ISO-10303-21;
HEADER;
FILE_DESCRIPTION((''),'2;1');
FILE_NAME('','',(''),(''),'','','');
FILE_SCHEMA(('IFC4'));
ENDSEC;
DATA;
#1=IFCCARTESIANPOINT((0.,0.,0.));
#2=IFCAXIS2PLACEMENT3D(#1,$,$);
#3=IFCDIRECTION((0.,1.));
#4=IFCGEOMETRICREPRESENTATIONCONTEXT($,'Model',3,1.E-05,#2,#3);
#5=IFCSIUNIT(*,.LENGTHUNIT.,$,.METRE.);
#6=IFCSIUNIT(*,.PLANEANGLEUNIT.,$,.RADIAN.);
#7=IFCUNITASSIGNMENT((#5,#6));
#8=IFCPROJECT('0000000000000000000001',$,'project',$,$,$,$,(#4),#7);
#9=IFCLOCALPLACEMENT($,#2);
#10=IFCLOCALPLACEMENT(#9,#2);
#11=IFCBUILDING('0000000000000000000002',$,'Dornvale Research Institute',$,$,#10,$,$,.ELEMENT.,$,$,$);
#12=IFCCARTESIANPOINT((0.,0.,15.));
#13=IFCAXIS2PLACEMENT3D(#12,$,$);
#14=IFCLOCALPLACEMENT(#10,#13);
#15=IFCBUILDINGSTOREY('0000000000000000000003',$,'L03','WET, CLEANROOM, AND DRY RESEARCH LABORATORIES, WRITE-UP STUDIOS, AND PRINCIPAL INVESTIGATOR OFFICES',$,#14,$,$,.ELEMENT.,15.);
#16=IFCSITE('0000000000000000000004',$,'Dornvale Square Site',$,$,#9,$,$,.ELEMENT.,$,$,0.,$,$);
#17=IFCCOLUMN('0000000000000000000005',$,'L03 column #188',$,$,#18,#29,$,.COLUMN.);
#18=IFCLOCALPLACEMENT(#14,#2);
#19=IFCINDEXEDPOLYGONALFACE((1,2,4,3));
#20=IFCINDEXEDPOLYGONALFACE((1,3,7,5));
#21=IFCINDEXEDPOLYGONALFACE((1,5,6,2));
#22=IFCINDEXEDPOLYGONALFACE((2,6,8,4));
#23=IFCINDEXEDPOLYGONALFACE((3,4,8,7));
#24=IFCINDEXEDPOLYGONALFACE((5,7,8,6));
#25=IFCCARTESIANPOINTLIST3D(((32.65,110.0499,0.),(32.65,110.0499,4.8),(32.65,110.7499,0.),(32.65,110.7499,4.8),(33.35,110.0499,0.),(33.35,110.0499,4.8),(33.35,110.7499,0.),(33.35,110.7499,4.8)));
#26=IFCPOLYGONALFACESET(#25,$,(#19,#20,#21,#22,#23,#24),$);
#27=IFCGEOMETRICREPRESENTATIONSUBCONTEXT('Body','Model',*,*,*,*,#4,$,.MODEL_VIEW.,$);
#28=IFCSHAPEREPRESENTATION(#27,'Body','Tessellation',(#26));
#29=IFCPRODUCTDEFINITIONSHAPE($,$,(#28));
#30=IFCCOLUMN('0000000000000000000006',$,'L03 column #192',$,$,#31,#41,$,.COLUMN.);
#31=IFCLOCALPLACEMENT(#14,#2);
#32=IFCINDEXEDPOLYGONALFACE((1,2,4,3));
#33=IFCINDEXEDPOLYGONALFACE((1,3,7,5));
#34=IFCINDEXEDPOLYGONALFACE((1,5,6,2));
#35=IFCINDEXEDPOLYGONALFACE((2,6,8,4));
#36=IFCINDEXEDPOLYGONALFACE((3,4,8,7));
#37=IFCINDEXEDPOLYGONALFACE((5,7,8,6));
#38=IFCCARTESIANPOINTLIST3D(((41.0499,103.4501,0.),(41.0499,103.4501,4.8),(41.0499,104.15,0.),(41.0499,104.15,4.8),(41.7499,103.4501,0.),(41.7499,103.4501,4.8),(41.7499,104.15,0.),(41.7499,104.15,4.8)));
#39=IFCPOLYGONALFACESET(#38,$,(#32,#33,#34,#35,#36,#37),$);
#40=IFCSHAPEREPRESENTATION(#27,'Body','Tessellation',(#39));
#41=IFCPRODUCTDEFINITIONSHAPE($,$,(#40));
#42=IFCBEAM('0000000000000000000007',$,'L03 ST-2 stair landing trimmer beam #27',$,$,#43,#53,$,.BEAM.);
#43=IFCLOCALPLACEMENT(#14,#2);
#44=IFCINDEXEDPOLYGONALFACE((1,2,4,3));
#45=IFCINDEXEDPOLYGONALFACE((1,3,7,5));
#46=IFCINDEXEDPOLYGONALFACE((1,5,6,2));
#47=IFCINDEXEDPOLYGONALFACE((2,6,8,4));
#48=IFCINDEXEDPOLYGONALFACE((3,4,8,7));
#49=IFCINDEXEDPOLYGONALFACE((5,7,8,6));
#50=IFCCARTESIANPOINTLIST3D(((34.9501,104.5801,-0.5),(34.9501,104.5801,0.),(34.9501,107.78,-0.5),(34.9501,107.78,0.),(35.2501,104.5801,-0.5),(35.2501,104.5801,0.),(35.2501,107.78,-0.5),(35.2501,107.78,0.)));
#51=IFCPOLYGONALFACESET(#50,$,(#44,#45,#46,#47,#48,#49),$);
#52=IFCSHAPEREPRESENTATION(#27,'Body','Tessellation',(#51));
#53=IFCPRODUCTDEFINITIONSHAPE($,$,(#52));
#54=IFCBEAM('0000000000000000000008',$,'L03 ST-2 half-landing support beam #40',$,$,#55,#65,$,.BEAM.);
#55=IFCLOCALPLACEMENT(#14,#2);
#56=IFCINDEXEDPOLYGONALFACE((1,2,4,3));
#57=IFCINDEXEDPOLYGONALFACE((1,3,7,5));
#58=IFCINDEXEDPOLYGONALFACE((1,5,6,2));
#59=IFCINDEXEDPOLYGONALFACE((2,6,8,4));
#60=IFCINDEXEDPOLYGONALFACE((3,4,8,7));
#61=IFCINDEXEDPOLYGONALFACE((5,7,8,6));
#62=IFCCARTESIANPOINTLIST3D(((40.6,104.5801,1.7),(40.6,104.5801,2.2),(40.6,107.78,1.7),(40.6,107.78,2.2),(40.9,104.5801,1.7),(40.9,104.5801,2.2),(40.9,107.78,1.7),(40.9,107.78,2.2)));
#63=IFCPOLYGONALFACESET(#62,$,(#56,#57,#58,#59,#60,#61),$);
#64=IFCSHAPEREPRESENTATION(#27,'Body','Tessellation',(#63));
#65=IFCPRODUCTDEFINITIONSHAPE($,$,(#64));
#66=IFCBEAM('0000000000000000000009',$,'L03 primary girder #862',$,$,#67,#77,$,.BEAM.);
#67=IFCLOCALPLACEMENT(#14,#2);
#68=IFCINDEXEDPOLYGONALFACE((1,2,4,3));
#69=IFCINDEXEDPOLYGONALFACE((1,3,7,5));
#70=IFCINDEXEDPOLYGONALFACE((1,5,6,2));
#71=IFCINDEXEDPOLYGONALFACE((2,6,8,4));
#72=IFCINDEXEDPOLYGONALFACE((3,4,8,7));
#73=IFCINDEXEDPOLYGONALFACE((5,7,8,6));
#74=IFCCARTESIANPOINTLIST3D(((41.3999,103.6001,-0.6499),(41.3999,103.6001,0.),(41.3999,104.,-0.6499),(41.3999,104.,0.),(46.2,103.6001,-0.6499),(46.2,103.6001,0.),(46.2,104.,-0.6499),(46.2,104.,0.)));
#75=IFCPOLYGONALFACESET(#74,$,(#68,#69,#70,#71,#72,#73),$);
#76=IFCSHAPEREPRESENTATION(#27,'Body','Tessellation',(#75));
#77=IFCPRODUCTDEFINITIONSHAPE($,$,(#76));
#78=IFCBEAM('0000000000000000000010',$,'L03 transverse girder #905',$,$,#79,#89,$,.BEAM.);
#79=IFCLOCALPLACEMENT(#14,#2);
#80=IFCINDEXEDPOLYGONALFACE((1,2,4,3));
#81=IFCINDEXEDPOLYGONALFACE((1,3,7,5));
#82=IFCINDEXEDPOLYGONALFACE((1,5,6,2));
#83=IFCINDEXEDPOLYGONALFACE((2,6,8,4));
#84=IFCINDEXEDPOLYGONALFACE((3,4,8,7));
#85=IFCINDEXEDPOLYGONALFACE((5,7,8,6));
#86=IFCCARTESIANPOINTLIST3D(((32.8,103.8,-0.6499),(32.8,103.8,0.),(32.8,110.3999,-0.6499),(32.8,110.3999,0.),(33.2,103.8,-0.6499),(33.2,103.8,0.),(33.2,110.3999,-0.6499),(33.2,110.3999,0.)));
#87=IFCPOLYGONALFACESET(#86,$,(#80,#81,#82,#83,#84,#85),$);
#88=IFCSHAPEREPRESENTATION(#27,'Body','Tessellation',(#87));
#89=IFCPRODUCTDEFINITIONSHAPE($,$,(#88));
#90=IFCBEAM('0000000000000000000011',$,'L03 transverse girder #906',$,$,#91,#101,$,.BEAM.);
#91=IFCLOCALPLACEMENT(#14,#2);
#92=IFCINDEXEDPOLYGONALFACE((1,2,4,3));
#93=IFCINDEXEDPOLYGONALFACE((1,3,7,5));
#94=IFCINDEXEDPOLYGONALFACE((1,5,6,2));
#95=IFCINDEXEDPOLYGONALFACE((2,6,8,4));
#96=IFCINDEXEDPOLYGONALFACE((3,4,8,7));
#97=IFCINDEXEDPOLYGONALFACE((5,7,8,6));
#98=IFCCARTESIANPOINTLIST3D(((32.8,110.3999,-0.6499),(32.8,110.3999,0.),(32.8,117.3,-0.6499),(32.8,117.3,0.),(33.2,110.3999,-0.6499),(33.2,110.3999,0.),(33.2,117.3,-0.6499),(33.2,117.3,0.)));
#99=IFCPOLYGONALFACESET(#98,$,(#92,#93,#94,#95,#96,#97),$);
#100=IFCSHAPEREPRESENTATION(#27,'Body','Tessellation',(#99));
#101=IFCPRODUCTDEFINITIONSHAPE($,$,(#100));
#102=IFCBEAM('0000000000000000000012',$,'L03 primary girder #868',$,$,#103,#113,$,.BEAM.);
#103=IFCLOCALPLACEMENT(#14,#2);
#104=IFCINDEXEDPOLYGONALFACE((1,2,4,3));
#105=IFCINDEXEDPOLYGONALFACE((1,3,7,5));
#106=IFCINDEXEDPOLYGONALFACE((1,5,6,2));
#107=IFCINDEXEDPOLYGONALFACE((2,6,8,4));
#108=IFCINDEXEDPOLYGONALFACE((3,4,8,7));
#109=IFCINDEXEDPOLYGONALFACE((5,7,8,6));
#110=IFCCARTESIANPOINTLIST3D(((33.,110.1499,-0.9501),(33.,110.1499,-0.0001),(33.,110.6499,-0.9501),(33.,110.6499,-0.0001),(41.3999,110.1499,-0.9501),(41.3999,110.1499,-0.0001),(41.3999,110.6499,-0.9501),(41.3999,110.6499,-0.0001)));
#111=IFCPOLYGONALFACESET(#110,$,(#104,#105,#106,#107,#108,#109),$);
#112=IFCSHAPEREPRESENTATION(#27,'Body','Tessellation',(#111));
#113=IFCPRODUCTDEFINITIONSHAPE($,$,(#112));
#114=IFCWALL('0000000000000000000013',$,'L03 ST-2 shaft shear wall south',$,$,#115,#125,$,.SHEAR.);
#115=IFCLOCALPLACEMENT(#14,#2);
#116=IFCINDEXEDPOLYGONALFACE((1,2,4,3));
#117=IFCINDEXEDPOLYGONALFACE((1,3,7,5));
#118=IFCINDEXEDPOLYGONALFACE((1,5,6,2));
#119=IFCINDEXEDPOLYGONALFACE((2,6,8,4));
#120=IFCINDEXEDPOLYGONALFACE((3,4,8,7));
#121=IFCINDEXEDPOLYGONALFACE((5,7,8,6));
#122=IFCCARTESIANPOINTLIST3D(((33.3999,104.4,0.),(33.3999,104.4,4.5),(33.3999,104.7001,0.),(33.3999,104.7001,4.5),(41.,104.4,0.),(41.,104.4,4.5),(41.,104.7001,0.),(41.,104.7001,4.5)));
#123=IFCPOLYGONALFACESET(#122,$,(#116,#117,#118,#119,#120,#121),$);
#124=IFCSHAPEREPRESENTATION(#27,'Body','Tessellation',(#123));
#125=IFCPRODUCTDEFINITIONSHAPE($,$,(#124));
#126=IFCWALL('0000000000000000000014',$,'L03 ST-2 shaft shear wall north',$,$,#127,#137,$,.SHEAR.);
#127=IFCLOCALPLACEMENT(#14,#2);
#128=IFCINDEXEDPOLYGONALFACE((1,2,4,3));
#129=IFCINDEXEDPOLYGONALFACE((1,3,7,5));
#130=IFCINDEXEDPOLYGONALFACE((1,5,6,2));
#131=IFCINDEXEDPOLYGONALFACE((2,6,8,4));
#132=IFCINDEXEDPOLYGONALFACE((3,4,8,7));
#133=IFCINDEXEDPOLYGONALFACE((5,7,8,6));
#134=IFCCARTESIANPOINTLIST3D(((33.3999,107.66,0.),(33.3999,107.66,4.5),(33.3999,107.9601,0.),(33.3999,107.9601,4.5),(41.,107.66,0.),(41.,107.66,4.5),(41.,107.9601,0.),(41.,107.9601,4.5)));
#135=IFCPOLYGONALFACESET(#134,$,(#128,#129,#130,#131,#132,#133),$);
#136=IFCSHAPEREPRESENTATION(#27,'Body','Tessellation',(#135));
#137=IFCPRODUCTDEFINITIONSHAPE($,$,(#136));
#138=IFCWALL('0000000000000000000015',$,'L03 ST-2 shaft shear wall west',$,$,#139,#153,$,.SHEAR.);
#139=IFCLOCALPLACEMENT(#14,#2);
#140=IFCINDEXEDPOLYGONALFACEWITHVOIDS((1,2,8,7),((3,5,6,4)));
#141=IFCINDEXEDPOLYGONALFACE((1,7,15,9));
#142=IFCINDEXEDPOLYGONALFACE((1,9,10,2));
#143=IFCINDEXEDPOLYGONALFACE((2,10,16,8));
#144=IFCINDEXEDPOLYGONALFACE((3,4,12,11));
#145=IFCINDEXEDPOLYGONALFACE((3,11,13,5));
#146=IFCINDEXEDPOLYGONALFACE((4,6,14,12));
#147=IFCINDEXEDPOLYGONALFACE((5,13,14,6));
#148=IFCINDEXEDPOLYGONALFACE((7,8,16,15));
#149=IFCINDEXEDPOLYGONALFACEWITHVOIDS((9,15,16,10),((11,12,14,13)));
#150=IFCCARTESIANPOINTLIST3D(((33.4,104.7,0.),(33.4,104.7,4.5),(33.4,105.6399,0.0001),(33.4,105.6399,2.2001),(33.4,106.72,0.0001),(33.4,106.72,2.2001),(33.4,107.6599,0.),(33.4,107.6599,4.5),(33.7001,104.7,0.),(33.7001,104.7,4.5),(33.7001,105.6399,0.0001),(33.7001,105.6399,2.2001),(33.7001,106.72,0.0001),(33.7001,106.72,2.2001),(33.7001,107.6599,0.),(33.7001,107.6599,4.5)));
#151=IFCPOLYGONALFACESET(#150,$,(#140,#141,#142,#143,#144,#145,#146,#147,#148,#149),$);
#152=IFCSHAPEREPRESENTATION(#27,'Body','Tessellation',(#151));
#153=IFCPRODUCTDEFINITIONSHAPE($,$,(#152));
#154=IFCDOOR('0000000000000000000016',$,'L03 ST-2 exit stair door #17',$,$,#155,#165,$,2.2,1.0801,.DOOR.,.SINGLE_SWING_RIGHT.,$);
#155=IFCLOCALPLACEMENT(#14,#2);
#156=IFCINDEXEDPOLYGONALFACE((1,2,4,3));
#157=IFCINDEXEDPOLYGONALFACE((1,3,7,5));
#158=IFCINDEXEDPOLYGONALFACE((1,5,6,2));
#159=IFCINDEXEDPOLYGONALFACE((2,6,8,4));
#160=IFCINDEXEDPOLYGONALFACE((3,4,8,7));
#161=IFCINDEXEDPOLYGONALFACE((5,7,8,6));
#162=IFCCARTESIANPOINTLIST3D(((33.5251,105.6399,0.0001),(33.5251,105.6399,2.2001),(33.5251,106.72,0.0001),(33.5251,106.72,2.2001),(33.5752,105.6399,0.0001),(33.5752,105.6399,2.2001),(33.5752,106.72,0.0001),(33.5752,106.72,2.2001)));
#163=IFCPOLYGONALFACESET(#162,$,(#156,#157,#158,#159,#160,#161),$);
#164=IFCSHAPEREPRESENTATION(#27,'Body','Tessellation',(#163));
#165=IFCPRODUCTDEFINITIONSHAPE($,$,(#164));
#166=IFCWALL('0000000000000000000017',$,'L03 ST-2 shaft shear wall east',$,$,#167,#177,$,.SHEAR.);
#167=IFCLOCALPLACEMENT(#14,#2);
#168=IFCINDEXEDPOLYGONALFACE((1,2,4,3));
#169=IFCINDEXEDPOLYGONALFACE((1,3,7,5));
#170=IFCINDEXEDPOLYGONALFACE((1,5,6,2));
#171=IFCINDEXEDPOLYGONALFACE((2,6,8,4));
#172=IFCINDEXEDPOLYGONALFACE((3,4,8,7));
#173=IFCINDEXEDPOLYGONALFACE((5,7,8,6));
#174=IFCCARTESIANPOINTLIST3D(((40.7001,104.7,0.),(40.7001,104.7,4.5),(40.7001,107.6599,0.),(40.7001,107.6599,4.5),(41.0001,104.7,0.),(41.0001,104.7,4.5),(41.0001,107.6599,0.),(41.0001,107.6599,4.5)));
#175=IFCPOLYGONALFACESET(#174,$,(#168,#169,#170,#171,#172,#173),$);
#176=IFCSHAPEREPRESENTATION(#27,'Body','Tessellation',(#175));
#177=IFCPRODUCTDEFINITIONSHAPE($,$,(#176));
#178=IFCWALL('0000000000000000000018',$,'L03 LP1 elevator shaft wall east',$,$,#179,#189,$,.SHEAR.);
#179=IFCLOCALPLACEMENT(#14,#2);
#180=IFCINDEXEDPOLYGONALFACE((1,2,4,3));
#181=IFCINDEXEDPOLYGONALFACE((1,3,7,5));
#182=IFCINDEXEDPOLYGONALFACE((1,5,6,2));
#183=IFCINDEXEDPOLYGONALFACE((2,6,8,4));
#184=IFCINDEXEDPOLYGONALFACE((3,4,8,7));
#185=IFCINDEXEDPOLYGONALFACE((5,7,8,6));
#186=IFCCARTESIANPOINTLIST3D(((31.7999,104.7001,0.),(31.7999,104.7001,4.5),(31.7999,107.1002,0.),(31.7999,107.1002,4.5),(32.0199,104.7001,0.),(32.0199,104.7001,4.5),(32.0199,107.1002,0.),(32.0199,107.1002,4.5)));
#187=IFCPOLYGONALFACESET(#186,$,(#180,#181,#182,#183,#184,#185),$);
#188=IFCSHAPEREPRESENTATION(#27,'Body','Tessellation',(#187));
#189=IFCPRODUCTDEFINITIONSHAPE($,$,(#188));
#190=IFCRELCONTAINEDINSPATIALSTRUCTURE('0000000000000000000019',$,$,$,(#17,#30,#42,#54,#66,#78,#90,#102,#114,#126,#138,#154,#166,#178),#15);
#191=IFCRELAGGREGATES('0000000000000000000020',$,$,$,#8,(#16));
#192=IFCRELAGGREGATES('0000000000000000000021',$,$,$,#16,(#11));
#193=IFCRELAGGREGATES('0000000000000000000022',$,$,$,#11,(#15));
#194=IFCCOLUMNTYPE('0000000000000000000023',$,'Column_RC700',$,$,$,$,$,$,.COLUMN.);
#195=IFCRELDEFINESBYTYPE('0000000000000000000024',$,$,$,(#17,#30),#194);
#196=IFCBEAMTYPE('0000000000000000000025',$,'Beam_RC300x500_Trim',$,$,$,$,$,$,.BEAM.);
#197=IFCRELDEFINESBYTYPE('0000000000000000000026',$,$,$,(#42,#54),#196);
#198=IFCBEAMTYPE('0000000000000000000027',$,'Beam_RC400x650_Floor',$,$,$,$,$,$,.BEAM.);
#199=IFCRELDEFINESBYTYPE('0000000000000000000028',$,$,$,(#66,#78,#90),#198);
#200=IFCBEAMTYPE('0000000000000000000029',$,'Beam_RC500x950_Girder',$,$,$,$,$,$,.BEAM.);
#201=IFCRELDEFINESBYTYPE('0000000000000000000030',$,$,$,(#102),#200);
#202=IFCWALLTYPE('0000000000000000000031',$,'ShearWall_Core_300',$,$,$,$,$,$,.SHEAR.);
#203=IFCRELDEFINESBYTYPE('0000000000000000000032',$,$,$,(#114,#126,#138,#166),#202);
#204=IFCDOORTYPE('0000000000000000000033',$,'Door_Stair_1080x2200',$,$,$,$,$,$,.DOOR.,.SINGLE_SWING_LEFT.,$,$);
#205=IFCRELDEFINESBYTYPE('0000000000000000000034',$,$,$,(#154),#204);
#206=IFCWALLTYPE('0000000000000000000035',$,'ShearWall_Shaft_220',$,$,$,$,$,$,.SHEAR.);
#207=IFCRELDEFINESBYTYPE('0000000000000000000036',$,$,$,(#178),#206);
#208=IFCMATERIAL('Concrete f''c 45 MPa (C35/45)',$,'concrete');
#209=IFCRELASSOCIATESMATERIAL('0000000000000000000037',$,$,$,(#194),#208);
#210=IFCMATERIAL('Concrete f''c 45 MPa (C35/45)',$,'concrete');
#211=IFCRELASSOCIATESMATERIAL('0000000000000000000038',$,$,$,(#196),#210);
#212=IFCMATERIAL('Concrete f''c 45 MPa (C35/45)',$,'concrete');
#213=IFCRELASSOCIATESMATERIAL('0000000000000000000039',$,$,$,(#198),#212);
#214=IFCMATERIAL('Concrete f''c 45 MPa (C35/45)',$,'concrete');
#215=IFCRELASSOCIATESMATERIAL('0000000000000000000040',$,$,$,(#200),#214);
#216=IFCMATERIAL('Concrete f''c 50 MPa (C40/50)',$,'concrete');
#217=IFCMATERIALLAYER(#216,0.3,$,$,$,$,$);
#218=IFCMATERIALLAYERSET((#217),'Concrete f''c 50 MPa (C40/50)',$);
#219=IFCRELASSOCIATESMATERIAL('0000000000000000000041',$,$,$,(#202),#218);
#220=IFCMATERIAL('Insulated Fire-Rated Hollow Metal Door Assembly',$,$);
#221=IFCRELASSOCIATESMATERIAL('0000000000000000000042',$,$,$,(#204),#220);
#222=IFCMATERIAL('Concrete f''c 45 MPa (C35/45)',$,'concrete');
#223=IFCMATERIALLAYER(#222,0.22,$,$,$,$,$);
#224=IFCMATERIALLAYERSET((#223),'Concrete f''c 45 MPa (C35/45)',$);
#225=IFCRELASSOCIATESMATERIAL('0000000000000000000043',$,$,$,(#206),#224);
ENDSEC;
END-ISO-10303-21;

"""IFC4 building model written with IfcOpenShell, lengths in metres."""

from ifc_helpers import new_model, si_unit, direction, frame, frame_2d, origin, origin_2d, place, context, subcontext, project, spatial, rectangle, extrude, material, layer, layer_set, material_profile, profile_set, type_object, element, fill, save


model = new_model("IFC4")

# Units and contexts
model_context = context("Model", 3, precision=1e-05, world=origin(), true_north=direction((0.0, 1.0)))
body_context = subcontext(model_context, "Body", "Model", "MODEL_VIEW")
ifc_project = project(units=[si_unit("LENGTHUNIT", "METRE"), si_unit("PLANEANGLEUNIT", "RADIAN")], contexts=[model_context])

# Site, building, storey
site_placement = place(None, origin())
site = spatial("IfcSite", under=ifc_project, at=site_placement, Name="Dornvale Square Site", CompositionType="ELEMENT", RefElevation=0.0)
building_placement = place(site_placement, origin())
building = spatial("IfcBuilding", under=site, at=building_placement, Name="Dornvale Research Institute", CompositionType="ELEMENT")
storey_placement = place(building_placement, frame((0.0, 0.0, 15.0)))
storey = spatial("IfcBuildingStorey", under=building, at=storey_placement, Name="L03", Description="WET, CLEANROOM, AND DRY RESEARCH LABORATORIES, WRITE-UP STUDIOS, AND PRINCIPAL INVESTIGATOR OFFICES", CompositionType="ELEMENT", Elevation=15.0)

# Columns
ifc_material_1 = material(Name="Concrete f'c 45 MPa (C35/45)", Category="concrete")
ifc_material_profile_1 = material_profile(ifc_material_1, rectangle(XDim=0.7, YDim=0.7, at=origin_2d()), Name="RC 700x700")
ifc_profile_set_1 = profile_set([ifc_material_profile_1], Name="Concrete f'c 45 MPa (C35/45)")
column_type = type_object("IfcColumnType", Name="Column_RC700", PredefinedType="COLUMN", material=ifc_profile_set_1)
for number, where, z_axis, x_axis, name in (
    (1, (33.0, 110.3999, 0.0), (0.0, 0.0, 1.0), (1.0, 0.0, 0.0), "L03 column #188"),
    (2, (41.3999, 103.8, 0.0), (0.0, 0.0, 1.0), (1.0, 0.0, 0.0), "L03 column #192"),
):
    element("IfcColumn", number, at=place(storey_placement, frame(where, z_axis=z_axis, x_axis=x_axis)), inside=storey, type_object=column_type, Name=name, PredefinedType="COLUMN", context=body_context, shape_type="SweptSolid", body=[
        extrude(rectangle(XDim=0.7, YDim=0.7, at=origin_2d()), origin(), (0.0, 0.0, 1.0), 4.8),
    ])

# Beams
ifc_material_2 = material(Name="Concrete f'c 45 MPa (C35/45)", Category="concrete")
ifc_material_profile_2 = material_profile(ifc_material_2, rectangle(XDim=0.3, YDim=0.5, at=origin_2d()), Name="RC 300x500")
ifc_profile_set_2 = profile_set([ifc_material_profile_2], Name="Concrete f'c 45 MPa (C35/45)")
beam_type_1 = type_object("IfcBeamType", Name="Beam_RC300x500_Trim", PredefinedType="BEAM", material=ifc_profile_set_2)
for number, where, z_axis, x_axis, name in (
    (3, (35.1001, 104.5801, -0.25), (0.0, 1.0, 0.0), (-1.0, 0.0, 0.0), "L03 ST-2 stair landing trimmer beam #27"),
    (4, (40.75, 104.5801, 1.95), (0.0, 1.0, 0.0), (-1.0, 0.0, 0.0), "L03 ST-2 half-landing support beam #40"),
):
    element("IfcBeam", number, at=place(storey_placement, frame(where, z_axis=z_axis, x_axis=x_axis)), inside=storey, type_object=beam_type_1, Name=name, PredefinedType="BEAM", context=body_context, shape_type="SweptSolid", body=[
        extrude(rectangle(XDim=0.3, YDim=0.5, at=origin_2d()), origin(), (0.0, 0.0, 1.0), 3.2),
    ])
ifc_material_3 = material(Name="Concrete f'c 45 MPa (C35/45)", Category="concrete")
ifc_material_profile_3 = material_profile(ifc_material_3, rectangle(XDim=0.3999, YDim=0.6499, at=origin_2d()), Name="RC 400x650")
ifc_profile_set_3 = profile_set([ifc_material_profile_3], Name="Concrete f'c 45 MPa (C35/45)")
beam_type_2 = type_object("IfcBeamType", Name="Beam_RC400x650_Floor", PredefinedType="BEAM", material=ifc_profile_set_3)
beam_1_placement = place(storey_placement, frame((41.3999, 103.8, -0.325), z_axis=(1.0, 0.0, 0.0), x_axis=(0.0, 1.0, 0.0)))
element("IfcBeam", 5, at=beam_1_placement, inside=storey, type_object=beam_type_2, Name="L03 primary girder #862", PredefinedType="BEAM", context=body_context, shape_type="SweptSolid", body=[
    extrude(rectangle(XDim=0.3999, YDim=0.6499, at=origin_2d()), origin(), (0.0, 0.0, 1.0), 4.8),
])
beam_2_placement = place(storey_placement, frame((33.0, 103.8, -0.325), z_axis=(0.0, 1.0, 0.0), x_axis=(-1.0, 0.0, 0.0)))
element("IfcBeam", 6, at=beam_2_placement, inside=storey, type_object=beam_type_2, Name="L03 transverse girder #905", PredefinedType="BEAM", context=body_context, shape_type="SweptSolid", body=[
    extrude(rectangle(XDim=0.3999, YDim=0.6499, at=origin_2d()), origin(), (0.0, 0.0, 1.0), 6.5999),
])
beam_3_placement = place(storey_placement, frame((33.0, 110.3999, -0.325), z_axis=(0.0, 1.0, 0.0), x_axis=(-1.0, 0.0, 0.0)))
element("IfcBeam", 7, at=beam_3_placement, inside=storey, type_object=beam_type_2, Name="L03 transverse girder #906", PredefinedType="BEAM", context=body_context, shape_type="SweptSolid", body=[
    extrude(rectangle(XDim=0.3999, YDim=0.6499, at=origin_2d()), origin(), (0.0, 0.0, 1.0), 6.9001),
])
ifc_material_4 = material(Name="Concrete f'c 45 MPa (C35/45)", Category="concrete")
ifc_material_profile_4 = material_profile(ifc_material_4, rectangle(XDim=0.5, YDim=0.95, at=origin_2d()), Name="RC 500x950")
ifc_profile_set_4 = profile_set([ifc_material_profile_4], Name="Concrete f'c 45 MPa (C35/45)")
beam_type_3 = type_object("IfcBeamType", Name="Beam_RC500x950_Girder", PredefinedType="BEAM", material=ifc_profile_set_4)
beam_4_placement = place(storey_placement, frame((33.0, 110.3999, -0.4751), z_axis=(1.0, 0.0, 0.0), x_axis=(0.0, 1.0, 0.0)))
element("IfcBeam", 8, at=beam_4_placement, inside=storey, type_object=beam_type_3, Name="L03 primary girder #868", PredefinedType="BEAM", context=body_context, shape_type="SweptSolid", body=[
    extrude(rectangle(XDim=0.5, YDim=0.95, at=origin_2d()), origin(), (0.0, 0.0, 1.0), 8.3999),
])

# Walls
ifc_material_5 = material(Name="Concrete f'c 50 MPa (C40/50)", Category="concrete")
ifc_layer_1 = layer(ifc_material_5, 0.3)
ifc_layer_set_1 = layer_set([ifc_layer_1], Name="Concrete f'c 50 MPa (C40/50)")
wall_type_1 = type_object("IfcWallType", Name="ShearWall_Core_300", PredefinedType="SHEAR", material=ifc_layer_set_1)
for number, where, z_axis, x_axis, name in (
    (9, (33.3999, 104.55, 0.0), (0.0, 0.0, 1.0), (1.0, 0.0, 0.0), "L03 ST-2 shaft shear wall south"),
    (10, (33.3999, 107.8101, 0.0), (0.0, 0.0, 1.0), (1.0, 0.0, 0.0), "L03 ST-2 shaft shear wall north"),
):
    element("IfcWall", number, at=place(storey_placement, frame(where, z_axis=z_axis, x_axis=x_axis)), inside=storey, type_object=wall_type_1, Name=name, PredefinedType="SHEAR", context=body_context, shape_type="SweptSolid", body=[
        extrude(rectangle(XDim=7.6001, YDim=0.3, at=frame_2d((3.8, 0.0))), origin(), (0.0, 0.0, 1.0), 4.5),
    ])

# Wall, opening, door
wall_1_placement = place(storey_placement, frame((33.55, 104.7, 0.0), z_axis=(0.0, 0.0, 1.0), x_axis=(0.0, 1.0, 0.0)))
wall_1 = element("IfcWall", 11, at=wall_1_placement, inside=storey, type_object=wall_type_1, Name="L03 ST-2 shaft shear wall west", PredefinedType="SHEAR", context=body_context, shape_type="SweptSolid", body=[
    extrude(rectangle(XDim=2.96, YDim=0.3, at=frame_2d((1.48, 0.0))), origin(), (0.0, 0.0, 1.0), 4.5),
])
opening_placement = place(wall_1_placement, frame((0.9399, 0.0, 0.0)))
opening = element("IfcOpeningElement", 12, at=opening_placement, cuts=wall_1, PredefinedType="OPENING", context=body_context, shape_type="SweptSolid", body=[
    extrude(rectangle(XDim=1.0801, YDim=2.2, at=frame_2d((0.54, 1.1001))), frame((0.0, 0.165, 0.0), z_axis=(0.0, -1.0, 0.0), x_axis=(1.0, 0.0, 0.0)), (0.0, 0.0, 1.0), 0.3301),
])
ifc_material_6 = material(Name="Insulated Fire-Rated Hollow Metal Door Assembly")
door_type = type_object("IfcDoorType", Name="Door_Stair_1080x2200", OperationType="SINGLE_SWING_LEFT", PredefinedType="DOOR", material=ifc_material_6)
door_placement = place(opening_placement, origin())
door = element("IfcDoor", 13, at=door_placement, inside=storey, type_object=door_type, Name="L03 ST-2 exit stair door #17", OperationType="SINGLE_SWING_RIGHT", OverallHeight=2.2, OverallWidth=1.0801, PredefinedType="DOOR", context=body_context, shape_type="SweptSolid", body=[
    extrude(rectangle(XDim=1.0801, YDim=2.2, at=frame_2d((0.54, 1.1001))), frame((0.0, 0.0249, 0.0), z_axis=(0.0, -1.0, 0.0), x_axis=(1.0, 0.0, 0.0)), (0.0, 0.0, 1.0), 0.05),
])
fill(opening, door)

# Walls
wall_2_placement = place(storey_placement, frame((40.8501, 104.7, 0.0), z_axis=(0.0, 0.0, 1.0), x_axis=(0.0, 1.0, 0.0)))
element("IfcWall", 14, at=wall_2_placement, inside=storey, type_object=wall_type_1, Name="L03 ST-2 shaft shear wall east", PredefinedType="SHEAR", context=body_context, shape_type="SweptSolid", body=[
    extrude(rectangle(XDim=2.96, YDim=0.3, at=frame_2d((1.48, 0.0))), origin(), (0.0, 0.0, 1.0), 4.5),
])
ifc_material_7 = material(Name="Concrete f'c 45 MPa (C35/45)", Category="concrete")
ifc_layer_2 = layer(ifc_material_7, 0.22)
ifc_layer_set_2 = layer_set([ifc_layer_2], Name="Concrete f'c 45 MPa (C35/45)")
wall_type_2 = type_object("IfcWallType", Name="ShearWall_Shaft_220", PredefinedType="SHEAR", material=ifc_layer_set_2)
wall_3_placement = place(storey_placement, frame((31.9099, 104.7, 0.0), z_axis=(0.0, 0.0, 1.0), x_axis=(0.0, 1.0, 0.0)))
element("IfcWall", 15, at=wall_3_placement, inside=storey, type_object=wall_type_2, Name="L03 LP1 elevator shaft wall east", PredefinedType="SHEAR", context=body_context, shape_type="SweptSolid", body=[
    extrude(rectangle(XDim=2.4001, YDim=0.22, at=frame_2d((1.2002, 0.0))), origin(), (0.0, 0.0, 1.0), 4.5),
])

save(model, "model.ifc")
